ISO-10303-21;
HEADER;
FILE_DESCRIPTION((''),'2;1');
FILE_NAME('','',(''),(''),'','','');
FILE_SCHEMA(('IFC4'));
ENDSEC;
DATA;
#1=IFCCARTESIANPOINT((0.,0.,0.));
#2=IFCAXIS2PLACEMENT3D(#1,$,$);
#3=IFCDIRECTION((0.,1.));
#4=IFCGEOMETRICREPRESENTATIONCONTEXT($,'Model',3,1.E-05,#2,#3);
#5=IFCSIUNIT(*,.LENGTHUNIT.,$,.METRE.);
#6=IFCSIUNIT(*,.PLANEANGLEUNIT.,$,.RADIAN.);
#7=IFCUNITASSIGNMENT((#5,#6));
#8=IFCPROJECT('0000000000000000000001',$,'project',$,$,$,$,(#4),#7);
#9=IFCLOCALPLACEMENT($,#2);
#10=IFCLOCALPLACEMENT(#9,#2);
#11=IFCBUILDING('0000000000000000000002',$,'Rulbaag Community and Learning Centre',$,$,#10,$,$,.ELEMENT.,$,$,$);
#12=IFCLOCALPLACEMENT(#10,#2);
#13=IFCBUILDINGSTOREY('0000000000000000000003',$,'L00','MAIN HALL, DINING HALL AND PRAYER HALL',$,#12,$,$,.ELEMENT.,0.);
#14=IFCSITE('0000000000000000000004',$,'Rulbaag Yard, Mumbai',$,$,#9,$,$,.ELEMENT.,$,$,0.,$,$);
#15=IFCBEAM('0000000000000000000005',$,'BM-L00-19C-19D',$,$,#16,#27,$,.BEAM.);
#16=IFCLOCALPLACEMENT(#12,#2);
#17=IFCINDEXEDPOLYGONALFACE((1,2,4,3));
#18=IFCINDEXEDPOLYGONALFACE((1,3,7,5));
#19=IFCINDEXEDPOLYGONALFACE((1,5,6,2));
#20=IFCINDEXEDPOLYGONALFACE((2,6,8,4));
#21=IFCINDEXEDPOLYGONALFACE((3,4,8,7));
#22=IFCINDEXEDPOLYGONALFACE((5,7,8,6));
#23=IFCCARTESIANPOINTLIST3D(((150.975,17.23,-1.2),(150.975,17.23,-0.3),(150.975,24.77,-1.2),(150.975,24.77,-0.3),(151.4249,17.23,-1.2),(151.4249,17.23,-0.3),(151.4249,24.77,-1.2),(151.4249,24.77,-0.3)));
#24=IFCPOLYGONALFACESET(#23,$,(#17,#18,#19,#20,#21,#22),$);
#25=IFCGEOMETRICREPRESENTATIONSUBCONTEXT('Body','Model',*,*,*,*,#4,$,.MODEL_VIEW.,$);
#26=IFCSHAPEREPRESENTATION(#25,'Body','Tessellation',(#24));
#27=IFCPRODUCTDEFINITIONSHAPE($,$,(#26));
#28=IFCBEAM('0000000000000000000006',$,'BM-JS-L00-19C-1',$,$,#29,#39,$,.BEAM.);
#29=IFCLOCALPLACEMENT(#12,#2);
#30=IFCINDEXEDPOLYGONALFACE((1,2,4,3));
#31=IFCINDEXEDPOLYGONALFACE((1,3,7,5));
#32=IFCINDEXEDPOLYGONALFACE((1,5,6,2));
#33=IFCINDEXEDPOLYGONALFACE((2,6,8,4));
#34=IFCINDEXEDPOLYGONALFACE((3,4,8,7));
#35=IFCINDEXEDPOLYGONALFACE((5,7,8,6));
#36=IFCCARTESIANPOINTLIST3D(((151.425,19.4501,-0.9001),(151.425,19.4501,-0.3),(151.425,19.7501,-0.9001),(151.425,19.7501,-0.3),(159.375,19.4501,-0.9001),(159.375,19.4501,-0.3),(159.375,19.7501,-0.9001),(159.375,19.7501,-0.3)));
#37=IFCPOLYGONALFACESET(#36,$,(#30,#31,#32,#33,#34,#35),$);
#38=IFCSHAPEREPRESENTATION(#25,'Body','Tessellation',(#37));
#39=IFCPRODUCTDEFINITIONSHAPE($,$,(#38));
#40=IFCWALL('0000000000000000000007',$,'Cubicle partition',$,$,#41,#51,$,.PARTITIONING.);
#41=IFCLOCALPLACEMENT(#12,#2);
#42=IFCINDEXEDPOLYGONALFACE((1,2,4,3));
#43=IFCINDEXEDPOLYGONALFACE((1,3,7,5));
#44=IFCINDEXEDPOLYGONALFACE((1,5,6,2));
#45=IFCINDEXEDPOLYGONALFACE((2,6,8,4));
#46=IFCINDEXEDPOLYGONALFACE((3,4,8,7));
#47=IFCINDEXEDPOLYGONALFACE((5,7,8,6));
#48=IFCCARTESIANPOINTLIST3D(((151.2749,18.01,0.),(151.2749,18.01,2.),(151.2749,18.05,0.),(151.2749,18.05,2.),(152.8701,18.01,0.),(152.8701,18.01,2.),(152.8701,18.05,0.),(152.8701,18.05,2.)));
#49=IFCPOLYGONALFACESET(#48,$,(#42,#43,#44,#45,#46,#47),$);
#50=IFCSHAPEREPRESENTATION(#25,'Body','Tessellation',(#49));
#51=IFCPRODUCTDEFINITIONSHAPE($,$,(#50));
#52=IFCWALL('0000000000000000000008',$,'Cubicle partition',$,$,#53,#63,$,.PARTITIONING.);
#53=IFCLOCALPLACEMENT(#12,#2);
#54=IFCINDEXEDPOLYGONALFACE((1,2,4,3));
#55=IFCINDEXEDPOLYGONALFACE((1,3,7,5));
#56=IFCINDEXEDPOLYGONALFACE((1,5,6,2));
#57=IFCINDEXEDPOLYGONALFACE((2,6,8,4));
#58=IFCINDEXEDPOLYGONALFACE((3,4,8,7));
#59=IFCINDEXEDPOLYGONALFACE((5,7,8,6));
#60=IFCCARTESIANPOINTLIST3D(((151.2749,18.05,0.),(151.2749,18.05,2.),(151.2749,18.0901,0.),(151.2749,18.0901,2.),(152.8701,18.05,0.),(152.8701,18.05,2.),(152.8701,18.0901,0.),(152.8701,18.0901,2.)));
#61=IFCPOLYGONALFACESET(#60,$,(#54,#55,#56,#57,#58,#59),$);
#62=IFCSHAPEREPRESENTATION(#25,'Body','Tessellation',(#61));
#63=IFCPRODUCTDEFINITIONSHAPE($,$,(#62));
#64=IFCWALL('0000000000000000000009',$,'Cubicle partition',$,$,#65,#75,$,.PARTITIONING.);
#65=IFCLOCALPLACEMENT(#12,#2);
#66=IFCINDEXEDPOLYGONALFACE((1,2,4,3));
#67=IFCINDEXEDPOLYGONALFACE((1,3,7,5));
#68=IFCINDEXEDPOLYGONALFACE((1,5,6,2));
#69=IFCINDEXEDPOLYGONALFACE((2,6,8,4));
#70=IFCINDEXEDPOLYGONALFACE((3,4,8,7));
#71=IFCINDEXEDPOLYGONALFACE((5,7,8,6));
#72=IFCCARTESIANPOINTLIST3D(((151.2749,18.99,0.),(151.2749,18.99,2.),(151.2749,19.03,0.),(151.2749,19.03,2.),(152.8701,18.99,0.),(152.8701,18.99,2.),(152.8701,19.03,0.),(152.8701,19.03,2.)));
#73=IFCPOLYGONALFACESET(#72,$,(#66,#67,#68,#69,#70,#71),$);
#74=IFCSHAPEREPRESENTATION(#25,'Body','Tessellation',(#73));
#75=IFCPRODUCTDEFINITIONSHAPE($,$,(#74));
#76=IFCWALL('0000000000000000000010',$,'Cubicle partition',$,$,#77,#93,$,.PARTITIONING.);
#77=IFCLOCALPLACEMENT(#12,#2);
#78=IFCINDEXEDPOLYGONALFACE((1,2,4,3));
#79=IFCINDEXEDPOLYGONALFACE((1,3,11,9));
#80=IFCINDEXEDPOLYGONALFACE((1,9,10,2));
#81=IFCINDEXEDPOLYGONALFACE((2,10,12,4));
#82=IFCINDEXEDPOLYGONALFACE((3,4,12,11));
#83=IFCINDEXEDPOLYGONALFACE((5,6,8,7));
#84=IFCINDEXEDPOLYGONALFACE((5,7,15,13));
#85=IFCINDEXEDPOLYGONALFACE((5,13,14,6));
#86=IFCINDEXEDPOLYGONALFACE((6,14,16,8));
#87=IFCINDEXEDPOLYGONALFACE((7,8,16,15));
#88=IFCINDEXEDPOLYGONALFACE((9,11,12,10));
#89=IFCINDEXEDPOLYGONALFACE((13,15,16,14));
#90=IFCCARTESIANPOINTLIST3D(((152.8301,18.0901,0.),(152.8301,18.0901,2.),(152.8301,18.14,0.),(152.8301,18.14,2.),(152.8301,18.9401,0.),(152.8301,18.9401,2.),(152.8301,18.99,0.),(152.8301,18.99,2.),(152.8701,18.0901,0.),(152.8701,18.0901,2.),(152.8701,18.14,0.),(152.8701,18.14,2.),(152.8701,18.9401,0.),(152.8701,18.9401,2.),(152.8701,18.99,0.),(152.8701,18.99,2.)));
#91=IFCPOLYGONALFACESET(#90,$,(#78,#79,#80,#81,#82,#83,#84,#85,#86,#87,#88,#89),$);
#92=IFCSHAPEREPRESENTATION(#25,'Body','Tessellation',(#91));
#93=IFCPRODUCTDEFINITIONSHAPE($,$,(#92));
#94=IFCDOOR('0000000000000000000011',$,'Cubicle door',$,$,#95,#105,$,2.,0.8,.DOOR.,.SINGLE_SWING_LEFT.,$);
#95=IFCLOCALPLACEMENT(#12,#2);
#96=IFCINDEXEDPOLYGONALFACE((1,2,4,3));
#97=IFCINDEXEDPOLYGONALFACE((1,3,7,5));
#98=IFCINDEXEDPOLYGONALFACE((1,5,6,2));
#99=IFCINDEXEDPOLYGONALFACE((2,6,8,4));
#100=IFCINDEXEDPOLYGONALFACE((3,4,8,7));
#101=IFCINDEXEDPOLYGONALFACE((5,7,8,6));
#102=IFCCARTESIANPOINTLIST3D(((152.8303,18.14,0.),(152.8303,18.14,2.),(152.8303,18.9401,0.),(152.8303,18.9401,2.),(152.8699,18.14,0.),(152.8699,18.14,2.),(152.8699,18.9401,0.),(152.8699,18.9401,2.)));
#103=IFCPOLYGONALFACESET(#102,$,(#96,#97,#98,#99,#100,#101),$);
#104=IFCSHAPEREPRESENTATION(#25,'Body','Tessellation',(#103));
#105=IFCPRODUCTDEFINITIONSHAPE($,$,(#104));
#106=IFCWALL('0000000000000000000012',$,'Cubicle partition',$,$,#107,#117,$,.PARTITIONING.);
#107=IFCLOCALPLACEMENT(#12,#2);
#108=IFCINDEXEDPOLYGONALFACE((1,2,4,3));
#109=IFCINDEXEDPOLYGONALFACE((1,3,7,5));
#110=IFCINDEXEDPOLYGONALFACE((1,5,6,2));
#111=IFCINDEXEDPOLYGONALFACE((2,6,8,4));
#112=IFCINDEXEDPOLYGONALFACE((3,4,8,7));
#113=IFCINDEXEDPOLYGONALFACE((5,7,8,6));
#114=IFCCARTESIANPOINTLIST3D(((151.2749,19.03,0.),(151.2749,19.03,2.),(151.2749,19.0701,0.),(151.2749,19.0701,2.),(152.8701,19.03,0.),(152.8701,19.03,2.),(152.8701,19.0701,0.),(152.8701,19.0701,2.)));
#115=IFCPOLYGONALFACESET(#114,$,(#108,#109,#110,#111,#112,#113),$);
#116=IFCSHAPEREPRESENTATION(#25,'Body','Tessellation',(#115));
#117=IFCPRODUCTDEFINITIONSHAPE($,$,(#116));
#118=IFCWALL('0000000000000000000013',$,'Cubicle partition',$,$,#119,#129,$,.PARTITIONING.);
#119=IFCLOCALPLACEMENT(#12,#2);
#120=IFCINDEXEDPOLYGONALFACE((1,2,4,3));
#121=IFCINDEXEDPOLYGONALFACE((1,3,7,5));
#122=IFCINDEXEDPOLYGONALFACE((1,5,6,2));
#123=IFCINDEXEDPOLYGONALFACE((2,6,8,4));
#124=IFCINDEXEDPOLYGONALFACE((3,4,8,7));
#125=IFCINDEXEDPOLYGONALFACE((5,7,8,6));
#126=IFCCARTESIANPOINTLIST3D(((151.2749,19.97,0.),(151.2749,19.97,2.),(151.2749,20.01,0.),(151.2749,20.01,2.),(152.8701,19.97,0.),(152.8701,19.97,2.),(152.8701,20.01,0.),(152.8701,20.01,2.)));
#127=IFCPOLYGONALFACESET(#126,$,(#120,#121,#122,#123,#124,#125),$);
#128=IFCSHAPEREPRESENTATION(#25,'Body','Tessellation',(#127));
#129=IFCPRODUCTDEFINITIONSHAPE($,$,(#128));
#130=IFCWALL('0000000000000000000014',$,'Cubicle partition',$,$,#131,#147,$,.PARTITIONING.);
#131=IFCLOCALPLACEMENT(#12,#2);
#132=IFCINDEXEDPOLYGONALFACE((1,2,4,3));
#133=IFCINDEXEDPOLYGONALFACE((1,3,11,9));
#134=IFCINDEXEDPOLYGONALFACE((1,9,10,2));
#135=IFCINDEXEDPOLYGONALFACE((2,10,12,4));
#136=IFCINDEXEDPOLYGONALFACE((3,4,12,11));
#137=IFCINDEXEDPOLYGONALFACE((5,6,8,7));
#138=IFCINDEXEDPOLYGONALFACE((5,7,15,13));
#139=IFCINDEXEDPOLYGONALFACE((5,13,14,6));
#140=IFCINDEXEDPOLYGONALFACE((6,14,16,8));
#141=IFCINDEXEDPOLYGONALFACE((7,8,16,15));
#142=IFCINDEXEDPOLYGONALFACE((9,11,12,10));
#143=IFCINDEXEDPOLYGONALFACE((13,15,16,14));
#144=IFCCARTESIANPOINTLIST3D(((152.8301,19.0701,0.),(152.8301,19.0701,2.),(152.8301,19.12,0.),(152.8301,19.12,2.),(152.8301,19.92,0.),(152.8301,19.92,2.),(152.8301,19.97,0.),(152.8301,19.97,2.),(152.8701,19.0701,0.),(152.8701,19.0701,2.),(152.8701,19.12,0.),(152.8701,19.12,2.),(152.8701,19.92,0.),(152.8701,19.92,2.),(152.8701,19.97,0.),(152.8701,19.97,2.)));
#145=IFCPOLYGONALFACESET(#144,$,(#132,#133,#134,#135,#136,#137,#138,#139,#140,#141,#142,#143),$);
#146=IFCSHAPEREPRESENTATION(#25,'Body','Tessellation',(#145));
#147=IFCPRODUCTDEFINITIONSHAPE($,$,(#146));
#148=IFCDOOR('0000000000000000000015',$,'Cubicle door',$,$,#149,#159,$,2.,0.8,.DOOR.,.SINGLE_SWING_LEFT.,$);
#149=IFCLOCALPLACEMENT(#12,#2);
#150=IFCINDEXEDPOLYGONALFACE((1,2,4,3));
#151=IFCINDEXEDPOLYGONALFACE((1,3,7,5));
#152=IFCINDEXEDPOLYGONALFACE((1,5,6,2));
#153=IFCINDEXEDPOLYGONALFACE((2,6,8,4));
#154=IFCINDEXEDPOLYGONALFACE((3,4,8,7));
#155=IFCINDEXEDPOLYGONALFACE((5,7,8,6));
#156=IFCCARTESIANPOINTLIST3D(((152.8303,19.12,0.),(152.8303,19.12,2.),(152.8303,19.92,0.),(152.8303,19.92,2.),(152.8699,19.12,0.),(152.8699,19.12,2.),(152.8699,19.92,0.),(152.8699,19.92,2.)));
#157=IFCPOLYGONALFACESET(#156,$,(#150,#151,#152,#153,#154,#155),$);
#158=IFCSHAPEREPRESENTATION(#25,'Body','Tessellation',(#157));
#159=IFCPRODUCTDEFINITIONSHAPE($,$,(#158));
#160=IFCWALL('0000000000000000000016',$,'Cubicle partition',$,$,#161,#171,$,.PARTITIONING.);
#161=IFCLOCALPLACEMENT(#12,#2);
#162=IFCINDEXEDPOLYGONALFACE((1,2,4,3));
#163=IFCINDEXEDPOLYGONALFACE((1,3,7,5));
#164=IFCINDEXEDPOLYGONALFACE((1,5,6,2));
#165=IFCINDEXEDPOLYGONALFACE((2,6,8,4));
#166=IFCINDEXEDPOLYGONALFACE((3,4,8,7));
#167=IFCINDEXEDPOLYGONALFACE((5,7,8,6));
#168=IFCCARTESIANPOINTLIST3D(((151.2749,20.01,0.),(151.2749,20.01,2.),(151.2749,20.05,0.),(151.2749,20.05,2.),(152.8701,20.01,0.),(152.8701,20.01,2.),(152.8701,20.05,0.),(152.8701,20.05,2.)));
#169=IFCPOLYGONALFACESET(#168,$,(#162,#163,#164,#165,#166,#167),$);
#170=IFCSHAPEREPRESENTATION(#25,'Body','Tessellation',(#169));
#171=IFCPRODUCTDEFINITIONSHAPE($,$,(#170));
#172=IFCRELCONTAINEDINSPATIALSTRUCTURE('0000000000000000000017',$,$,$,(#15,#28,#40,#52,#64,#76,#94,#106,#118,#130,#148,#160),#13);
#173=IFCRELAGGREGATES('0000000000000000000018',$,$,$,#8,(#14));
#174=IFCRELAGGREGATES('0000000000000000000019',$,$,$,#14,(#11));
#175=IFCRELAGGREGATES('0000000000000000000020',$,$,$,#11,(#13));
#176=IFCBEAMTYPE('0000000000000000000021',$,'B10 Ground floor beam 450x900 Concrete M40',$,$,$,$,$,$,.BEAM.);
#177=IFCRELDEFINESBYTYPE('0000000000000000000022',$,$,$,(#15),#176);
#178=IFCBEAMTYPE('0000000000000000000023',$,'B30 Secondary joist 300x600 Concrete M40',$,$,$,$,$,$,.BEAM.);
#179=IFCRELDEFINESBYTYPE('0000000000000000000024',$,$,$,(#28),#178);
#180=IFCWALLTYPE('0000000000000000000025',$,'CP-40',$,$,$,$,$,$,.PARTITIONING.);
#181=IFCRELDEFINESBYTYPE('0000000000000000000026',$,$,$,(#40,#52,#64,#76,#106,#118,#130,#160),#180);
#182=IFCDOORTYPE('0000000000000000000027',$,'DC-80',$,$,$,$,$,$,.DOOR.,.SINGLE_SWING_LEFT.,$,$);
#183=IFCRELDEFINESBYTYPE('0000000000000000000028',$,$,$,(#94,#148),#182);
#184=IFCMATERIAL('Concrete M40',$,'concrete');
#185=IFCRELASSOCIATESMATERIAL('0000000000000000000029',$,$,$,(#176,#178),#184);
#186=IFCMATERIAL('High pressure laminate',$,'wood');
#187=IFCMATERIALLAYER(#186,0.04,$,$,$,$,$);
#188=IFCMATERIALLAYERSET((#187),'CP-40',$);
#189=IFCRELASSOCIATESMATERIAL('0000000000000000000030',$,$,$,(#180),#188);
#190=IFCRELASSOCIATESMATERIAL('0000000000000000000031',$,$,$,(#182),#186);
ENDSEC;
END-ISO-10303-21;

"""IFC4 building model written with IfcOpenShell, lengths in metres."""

from ifc_helpers import new_model, si_unit, direction, frame, frame_2d, origin, origin_2d, place, context, subcontext, project, spatial, rectangle, extrude, material, layer, layer_set, material_profile, profile_set, type_object, element, fill, save


model = new_model("IFC4")

# Units and contexts
model_context = context("Model", 3, precision=1e-05, world=origin(), true_north=direction((0.0, 1.0)))
body_context = subcontext(model_context, "Body", "Model", "MODEL_VIEW")
ifc_project = project(units=[si_unit("LENGTHUNIT", "METRE"), si_unit("PLANEANGLEUNIT", "RADIAN")], contexts=[model_context])

# Site, building, storey
site_placement = place(None, origin())
site = spatial("IfcSite", under=ifc_project, at=site_placement, Name="Rulbaag Yard, Mumbai", CompositionType="ELEMENT", RefElevation=0.0)
building_placement = place(site_placement, origin())
building = spatial("IfcBuilding", under=site, at=building_placement, Name="Rulbaag Community and Learning Centre", CompositionType="ELEMENT")
storey_placement = place(building_placement, origin())
storey = spatial("IfcBuildingStorey", under=building, at=storey_placement, Name="L00", Description="MAIN HALL, DINING HALL AND PRAYER HALL", CompositionType="ELEMENT", Elevation=0.0)

# Beams
ifc_material_1 = material(Name="Concrete M40", Category="concrete")
ifc_material_profile_1 = material_profile(ifc_material_1, rectangle(XDim=0.45, YDim=0.8999, at=origin_2d()), Name="RB450x900")
ifc_profile_set_1 = profile_set([ifc_material_profile_1], Name="Concrete M40")
beam_type_1 = type_object("IfcBeamType", Name="B10 Ground floor beam 450x900 Concrete M40", PredefinedType="BEAM", material=ifc_profile_set_1)
beam_1_placement = place(storey_placement, frame((151.2, 17.23, -0.75), z_axis=(0.0, 1.0, 0.0), x_axis=(-1.0, 0.0, 0.0)))
element("IfcBeam", 1, at=beam_1_placement, inside=storey, type_object=beam_type_1, Name="BM-L00-19C-19D", PredefinedType="BEAM", context=body_context, shape_type="SweptSolid", body=[
    extrude(rectangle(XDim=0.45, YDim=0.8999, at=origin_2d()), origin(), (0.0, 0.0, 1.0), 7.54),
])
ifc_material_profile_2 = material_profile(ifc_material_1, rectangle(XDim=0.3, YDim=0.6001, at=origin_2d()), Name="RB300x600")
ifc_profile_set_2 = profile_set([ifc_material_profile_2], Name="Concrete M40")
beam_type_2 = type_object("IfcBeamType", Name="B30 Secondary joist 300x600 Concrete M40", PredefinedType="BEAM", material=ifc_profile_set_2)
beam_2_placement = place(storey_placement, frame((151.425, 19.6001, -0.6001), z_axis=(1.0, 0.0, 0.0), x_axis=(0.0, 1.0, 0.0)))
element("IfcBeam", 2, at=beam_2_placement, inside=storey, type_object=beam_type_2, Name="BM-JS-L00-19C-1", PredefinedType="BEAM", context=body_context, shape_type="SweptSolid", body=[
    extrude(rectangle(XDim=0.3, YDim=0.6001, at=origin_2d()), origin(), (0.0, 0.0, 1.0), 7.95),
])

# Walls
ifc_material_2 = material(Name="High pressure laminate", Category="wood")
ifc_layer = layer(ifc_material_2, 0.04)
ifc_layer_set = layer_set([ifc_layer], Name="CP-40")
wall_type = type_object("IfcWallType", Name="CP-40", PredefinedType="PARTITIONING", material=ifc_layer_set)
for number, where, z_axis, x_axis, name in (
    (3, (151.2749, 18.03, 0.0), (0.0, 0.0, 1.0), (1.0, 0.0, 0.0), "Cubicle partition"),
    (4, (151.2749, 18.0701, 0.0), (0.0, 0.0, 1.0), (1.0, 0.0, 0.0), "Cubicle partition"),
    (5, (151.2749, 19.01, 0.0), (0.0, 0.0, 1.0), (1.0, 0.0, 0.0), "Cubicle partition"),
):
    element("IfcWall", number, at=place(storey_placement, frame(where, z_axis=z_axis, x_axis=x_axis)), inside=storey, type_object=wall_type, Name=name, PredefinedType="PARTITIONING", context=body_context, shape_type="SweptSolid", body=[
        extrude(rectangle(XDim=1.5952, YDim=0.04, at=frame_2d((0.7976, 0.0))), origin(), (0.0, 0.0, 1.0), 2.0),
    ])

# Wall, opening, door
wall_1_placement = place(storey_placement, frame((152.8501, 18.0901, 0.0), z_axis=(0.0, 0.0, 1.0), x_axis=(0.0, 1.0, 0.0)))
wall_1 = element("IfcWall", 6, at=wall_1_placement, inside=storey, type_object=wall_type, Name="Cubicle partition", PredefinedType="PARTITIONING", context=body_context, shape_type="SweptSolid", body=[
    extrude(rectangle(XDim=0.8999, YDim=0.04, at=frame_2d((0.45, 0.0))), origin(), (0.0, 0.0, 1.0), 2.0),
])
opening_1_placement = place(wall_1_placement, frame((0.05, 0.0, 0.0)))
opening_1 = element("IfcOpeningElement", 7, at=opening_1_placement, cuts=wall_1, PredefinedType="OPENING", context=body_context, shape_type="SweptSolid", body=[
    extrude(rectangle(XDim=0.8, YDim=2.0, at=frame_2d((0.3999, 1.0))), frame((0.0, 0.03, 0.0), z_axis=(0.0, -1.0, 0.0), x_axis=(1.0, 0.0, 0.0)), (0.0, 0.0, 1.0), 0.0601),
])
door_type = type_object("IfcDoorType", Name="DC-80", OperationType="SINGLE_SWING_LEFT", PredefinedType="DOOR", material=ifc_material_2)
door_1_placement = place(opening_1_placement, origin())
door_1 = element("IfcDoor", 8, at=door_1_placement, inside=storey, type_object=door_type, Name="Cubicle door", OperationType="SINGLE_SWING_LEFT", OverallHeight=2.0, OverallWidth=0.8, PredefinedType="DOOR", context=body_context, shape_type="SweptSolid", body=[
    extrude(rectangle(XDim=0.8, YDim=2.0, at=frame_2d((0.3999, 1.0))), frame((0.0, 0.0198, 0.0), z_axis=(0.0, -1.0, 0.0), x_axis=(1.0, 0.0, 0.0)), (0.0, 0.0, 1.0), 0.0396),
])
fill(opening_1, door_1)

# Walls
for number, where, z_axis, x_axis, name in (
    (9, (151.2749, 19.05, 0.0), (0.0, 0.0, 1.0), (1.0, 0.0, 0.0), "Cubicle partition"),
    (10, (151.2749, 19.99, 0.0), (0.0, 0.0, 1.0), (1.0, 0.0, 0.0), "Cubicle partition"),
):
    element("IfcWall", number, at=place(storey_placement, frame(where, z_axis=z_axis, x_axis=x_axis)), inside=storey, type_object=wall_type, Name=name, PredefinedType="PARTITIONING", context=body_context, shape_type="SweptSolid", body=[
        extrude(rectangle(XDim=1.5952, YDim=0.04, at=frame_2d((0.7976, 0.0))), origin(), (0.0, 0.0, 1.0), 2.0),
    ])

# Wall, opening, door
wall_2_placement = place(storey_placement, frame((152.8501, 19.0701, 0.0), z_axis=(0.0, 0.0, 1.0), x_axis=(0.0, 1.0, 0.0)))
wall_2 = element("IfcWall", 11, at=wall_2_placement, inside=storey, type_object=wall_type, Name="Cubicle partition", PredefinedType="PARTITIONING", context=body_context, shape_type="SweptSolid", body=[
    extrude(rectangle(XDim=0.8999, YDim=0.04, at=frame_2d((0.45, 0.0))), origin(), (0.0, 0.0, 1.0), 2.0),
])
opening_2_placement = place(wall_2_placement, frame((0.05, 0.0, 0.0)))
opening_2 = element("IfcOpeningElement", 12, at=opening_2_placement, cuts=wall_2, PredefinedType="OPENING", context=body_context, shape_type="SweptSolid", body=[
    extrude(rectangle(XDim=0.8, YDim=2.0, at=frame_2d((0.3999, 1.0))), frame((0.0, 0.03, 0.0), z_axis=(0.0, -1.0, 0.0), x_axis=(1.0, 0.0, 0.0)), (0.0, 0.0, 1.0), 0.0601),
])
door_2_placement = place(opening_2_placement, origin())
door_2 = element("IfcDoor", 13, at=door_2_placement, inside=storey, type_object=door_type, Name="Cubicle door", OperationType="SINGLE_SWING_LEFT", OverallHeight=2.0, OverallWidth=0.8, PredefinedType="DOOR", context=body_context, shape_type="SweptSolid", body=[
    extrude(rectangle(XDim=0.8, YDim=2.0, at=frame_2d((0.3999, 1.0))), frame((0.0, 0.0198, 0.0), z_axis=(0.0, -1.0, 0.0), x_axis=(1.0, 0.0, 0.0)), (0.0, 0.0, 1.0), 0.0396),
])
fill(opening_2, door_2)

# Wall
wall_3_placement = place(storey_placement, frame((151.2749, 20.03, 0.0), z_axis=(0.0, 0.0, 1.0), x_axis=(1.0, 0.0, 0.0)))
element("IfcWall", 14, at=wall_3_placement, inside=storey, type_object=wall_type, Name="Cubicle partition", PredefinedType="PARTITIONING", context=body_context, shape_type="SweptSolid", body=[
    extrude(rectangle(XDim=1.5952, YDim=0.04, at=frame_2d((0.7976, 0.0))), origin(), (0.0, 0.0, 1.0), 2.0),
])

save(model, "model.ifc")
